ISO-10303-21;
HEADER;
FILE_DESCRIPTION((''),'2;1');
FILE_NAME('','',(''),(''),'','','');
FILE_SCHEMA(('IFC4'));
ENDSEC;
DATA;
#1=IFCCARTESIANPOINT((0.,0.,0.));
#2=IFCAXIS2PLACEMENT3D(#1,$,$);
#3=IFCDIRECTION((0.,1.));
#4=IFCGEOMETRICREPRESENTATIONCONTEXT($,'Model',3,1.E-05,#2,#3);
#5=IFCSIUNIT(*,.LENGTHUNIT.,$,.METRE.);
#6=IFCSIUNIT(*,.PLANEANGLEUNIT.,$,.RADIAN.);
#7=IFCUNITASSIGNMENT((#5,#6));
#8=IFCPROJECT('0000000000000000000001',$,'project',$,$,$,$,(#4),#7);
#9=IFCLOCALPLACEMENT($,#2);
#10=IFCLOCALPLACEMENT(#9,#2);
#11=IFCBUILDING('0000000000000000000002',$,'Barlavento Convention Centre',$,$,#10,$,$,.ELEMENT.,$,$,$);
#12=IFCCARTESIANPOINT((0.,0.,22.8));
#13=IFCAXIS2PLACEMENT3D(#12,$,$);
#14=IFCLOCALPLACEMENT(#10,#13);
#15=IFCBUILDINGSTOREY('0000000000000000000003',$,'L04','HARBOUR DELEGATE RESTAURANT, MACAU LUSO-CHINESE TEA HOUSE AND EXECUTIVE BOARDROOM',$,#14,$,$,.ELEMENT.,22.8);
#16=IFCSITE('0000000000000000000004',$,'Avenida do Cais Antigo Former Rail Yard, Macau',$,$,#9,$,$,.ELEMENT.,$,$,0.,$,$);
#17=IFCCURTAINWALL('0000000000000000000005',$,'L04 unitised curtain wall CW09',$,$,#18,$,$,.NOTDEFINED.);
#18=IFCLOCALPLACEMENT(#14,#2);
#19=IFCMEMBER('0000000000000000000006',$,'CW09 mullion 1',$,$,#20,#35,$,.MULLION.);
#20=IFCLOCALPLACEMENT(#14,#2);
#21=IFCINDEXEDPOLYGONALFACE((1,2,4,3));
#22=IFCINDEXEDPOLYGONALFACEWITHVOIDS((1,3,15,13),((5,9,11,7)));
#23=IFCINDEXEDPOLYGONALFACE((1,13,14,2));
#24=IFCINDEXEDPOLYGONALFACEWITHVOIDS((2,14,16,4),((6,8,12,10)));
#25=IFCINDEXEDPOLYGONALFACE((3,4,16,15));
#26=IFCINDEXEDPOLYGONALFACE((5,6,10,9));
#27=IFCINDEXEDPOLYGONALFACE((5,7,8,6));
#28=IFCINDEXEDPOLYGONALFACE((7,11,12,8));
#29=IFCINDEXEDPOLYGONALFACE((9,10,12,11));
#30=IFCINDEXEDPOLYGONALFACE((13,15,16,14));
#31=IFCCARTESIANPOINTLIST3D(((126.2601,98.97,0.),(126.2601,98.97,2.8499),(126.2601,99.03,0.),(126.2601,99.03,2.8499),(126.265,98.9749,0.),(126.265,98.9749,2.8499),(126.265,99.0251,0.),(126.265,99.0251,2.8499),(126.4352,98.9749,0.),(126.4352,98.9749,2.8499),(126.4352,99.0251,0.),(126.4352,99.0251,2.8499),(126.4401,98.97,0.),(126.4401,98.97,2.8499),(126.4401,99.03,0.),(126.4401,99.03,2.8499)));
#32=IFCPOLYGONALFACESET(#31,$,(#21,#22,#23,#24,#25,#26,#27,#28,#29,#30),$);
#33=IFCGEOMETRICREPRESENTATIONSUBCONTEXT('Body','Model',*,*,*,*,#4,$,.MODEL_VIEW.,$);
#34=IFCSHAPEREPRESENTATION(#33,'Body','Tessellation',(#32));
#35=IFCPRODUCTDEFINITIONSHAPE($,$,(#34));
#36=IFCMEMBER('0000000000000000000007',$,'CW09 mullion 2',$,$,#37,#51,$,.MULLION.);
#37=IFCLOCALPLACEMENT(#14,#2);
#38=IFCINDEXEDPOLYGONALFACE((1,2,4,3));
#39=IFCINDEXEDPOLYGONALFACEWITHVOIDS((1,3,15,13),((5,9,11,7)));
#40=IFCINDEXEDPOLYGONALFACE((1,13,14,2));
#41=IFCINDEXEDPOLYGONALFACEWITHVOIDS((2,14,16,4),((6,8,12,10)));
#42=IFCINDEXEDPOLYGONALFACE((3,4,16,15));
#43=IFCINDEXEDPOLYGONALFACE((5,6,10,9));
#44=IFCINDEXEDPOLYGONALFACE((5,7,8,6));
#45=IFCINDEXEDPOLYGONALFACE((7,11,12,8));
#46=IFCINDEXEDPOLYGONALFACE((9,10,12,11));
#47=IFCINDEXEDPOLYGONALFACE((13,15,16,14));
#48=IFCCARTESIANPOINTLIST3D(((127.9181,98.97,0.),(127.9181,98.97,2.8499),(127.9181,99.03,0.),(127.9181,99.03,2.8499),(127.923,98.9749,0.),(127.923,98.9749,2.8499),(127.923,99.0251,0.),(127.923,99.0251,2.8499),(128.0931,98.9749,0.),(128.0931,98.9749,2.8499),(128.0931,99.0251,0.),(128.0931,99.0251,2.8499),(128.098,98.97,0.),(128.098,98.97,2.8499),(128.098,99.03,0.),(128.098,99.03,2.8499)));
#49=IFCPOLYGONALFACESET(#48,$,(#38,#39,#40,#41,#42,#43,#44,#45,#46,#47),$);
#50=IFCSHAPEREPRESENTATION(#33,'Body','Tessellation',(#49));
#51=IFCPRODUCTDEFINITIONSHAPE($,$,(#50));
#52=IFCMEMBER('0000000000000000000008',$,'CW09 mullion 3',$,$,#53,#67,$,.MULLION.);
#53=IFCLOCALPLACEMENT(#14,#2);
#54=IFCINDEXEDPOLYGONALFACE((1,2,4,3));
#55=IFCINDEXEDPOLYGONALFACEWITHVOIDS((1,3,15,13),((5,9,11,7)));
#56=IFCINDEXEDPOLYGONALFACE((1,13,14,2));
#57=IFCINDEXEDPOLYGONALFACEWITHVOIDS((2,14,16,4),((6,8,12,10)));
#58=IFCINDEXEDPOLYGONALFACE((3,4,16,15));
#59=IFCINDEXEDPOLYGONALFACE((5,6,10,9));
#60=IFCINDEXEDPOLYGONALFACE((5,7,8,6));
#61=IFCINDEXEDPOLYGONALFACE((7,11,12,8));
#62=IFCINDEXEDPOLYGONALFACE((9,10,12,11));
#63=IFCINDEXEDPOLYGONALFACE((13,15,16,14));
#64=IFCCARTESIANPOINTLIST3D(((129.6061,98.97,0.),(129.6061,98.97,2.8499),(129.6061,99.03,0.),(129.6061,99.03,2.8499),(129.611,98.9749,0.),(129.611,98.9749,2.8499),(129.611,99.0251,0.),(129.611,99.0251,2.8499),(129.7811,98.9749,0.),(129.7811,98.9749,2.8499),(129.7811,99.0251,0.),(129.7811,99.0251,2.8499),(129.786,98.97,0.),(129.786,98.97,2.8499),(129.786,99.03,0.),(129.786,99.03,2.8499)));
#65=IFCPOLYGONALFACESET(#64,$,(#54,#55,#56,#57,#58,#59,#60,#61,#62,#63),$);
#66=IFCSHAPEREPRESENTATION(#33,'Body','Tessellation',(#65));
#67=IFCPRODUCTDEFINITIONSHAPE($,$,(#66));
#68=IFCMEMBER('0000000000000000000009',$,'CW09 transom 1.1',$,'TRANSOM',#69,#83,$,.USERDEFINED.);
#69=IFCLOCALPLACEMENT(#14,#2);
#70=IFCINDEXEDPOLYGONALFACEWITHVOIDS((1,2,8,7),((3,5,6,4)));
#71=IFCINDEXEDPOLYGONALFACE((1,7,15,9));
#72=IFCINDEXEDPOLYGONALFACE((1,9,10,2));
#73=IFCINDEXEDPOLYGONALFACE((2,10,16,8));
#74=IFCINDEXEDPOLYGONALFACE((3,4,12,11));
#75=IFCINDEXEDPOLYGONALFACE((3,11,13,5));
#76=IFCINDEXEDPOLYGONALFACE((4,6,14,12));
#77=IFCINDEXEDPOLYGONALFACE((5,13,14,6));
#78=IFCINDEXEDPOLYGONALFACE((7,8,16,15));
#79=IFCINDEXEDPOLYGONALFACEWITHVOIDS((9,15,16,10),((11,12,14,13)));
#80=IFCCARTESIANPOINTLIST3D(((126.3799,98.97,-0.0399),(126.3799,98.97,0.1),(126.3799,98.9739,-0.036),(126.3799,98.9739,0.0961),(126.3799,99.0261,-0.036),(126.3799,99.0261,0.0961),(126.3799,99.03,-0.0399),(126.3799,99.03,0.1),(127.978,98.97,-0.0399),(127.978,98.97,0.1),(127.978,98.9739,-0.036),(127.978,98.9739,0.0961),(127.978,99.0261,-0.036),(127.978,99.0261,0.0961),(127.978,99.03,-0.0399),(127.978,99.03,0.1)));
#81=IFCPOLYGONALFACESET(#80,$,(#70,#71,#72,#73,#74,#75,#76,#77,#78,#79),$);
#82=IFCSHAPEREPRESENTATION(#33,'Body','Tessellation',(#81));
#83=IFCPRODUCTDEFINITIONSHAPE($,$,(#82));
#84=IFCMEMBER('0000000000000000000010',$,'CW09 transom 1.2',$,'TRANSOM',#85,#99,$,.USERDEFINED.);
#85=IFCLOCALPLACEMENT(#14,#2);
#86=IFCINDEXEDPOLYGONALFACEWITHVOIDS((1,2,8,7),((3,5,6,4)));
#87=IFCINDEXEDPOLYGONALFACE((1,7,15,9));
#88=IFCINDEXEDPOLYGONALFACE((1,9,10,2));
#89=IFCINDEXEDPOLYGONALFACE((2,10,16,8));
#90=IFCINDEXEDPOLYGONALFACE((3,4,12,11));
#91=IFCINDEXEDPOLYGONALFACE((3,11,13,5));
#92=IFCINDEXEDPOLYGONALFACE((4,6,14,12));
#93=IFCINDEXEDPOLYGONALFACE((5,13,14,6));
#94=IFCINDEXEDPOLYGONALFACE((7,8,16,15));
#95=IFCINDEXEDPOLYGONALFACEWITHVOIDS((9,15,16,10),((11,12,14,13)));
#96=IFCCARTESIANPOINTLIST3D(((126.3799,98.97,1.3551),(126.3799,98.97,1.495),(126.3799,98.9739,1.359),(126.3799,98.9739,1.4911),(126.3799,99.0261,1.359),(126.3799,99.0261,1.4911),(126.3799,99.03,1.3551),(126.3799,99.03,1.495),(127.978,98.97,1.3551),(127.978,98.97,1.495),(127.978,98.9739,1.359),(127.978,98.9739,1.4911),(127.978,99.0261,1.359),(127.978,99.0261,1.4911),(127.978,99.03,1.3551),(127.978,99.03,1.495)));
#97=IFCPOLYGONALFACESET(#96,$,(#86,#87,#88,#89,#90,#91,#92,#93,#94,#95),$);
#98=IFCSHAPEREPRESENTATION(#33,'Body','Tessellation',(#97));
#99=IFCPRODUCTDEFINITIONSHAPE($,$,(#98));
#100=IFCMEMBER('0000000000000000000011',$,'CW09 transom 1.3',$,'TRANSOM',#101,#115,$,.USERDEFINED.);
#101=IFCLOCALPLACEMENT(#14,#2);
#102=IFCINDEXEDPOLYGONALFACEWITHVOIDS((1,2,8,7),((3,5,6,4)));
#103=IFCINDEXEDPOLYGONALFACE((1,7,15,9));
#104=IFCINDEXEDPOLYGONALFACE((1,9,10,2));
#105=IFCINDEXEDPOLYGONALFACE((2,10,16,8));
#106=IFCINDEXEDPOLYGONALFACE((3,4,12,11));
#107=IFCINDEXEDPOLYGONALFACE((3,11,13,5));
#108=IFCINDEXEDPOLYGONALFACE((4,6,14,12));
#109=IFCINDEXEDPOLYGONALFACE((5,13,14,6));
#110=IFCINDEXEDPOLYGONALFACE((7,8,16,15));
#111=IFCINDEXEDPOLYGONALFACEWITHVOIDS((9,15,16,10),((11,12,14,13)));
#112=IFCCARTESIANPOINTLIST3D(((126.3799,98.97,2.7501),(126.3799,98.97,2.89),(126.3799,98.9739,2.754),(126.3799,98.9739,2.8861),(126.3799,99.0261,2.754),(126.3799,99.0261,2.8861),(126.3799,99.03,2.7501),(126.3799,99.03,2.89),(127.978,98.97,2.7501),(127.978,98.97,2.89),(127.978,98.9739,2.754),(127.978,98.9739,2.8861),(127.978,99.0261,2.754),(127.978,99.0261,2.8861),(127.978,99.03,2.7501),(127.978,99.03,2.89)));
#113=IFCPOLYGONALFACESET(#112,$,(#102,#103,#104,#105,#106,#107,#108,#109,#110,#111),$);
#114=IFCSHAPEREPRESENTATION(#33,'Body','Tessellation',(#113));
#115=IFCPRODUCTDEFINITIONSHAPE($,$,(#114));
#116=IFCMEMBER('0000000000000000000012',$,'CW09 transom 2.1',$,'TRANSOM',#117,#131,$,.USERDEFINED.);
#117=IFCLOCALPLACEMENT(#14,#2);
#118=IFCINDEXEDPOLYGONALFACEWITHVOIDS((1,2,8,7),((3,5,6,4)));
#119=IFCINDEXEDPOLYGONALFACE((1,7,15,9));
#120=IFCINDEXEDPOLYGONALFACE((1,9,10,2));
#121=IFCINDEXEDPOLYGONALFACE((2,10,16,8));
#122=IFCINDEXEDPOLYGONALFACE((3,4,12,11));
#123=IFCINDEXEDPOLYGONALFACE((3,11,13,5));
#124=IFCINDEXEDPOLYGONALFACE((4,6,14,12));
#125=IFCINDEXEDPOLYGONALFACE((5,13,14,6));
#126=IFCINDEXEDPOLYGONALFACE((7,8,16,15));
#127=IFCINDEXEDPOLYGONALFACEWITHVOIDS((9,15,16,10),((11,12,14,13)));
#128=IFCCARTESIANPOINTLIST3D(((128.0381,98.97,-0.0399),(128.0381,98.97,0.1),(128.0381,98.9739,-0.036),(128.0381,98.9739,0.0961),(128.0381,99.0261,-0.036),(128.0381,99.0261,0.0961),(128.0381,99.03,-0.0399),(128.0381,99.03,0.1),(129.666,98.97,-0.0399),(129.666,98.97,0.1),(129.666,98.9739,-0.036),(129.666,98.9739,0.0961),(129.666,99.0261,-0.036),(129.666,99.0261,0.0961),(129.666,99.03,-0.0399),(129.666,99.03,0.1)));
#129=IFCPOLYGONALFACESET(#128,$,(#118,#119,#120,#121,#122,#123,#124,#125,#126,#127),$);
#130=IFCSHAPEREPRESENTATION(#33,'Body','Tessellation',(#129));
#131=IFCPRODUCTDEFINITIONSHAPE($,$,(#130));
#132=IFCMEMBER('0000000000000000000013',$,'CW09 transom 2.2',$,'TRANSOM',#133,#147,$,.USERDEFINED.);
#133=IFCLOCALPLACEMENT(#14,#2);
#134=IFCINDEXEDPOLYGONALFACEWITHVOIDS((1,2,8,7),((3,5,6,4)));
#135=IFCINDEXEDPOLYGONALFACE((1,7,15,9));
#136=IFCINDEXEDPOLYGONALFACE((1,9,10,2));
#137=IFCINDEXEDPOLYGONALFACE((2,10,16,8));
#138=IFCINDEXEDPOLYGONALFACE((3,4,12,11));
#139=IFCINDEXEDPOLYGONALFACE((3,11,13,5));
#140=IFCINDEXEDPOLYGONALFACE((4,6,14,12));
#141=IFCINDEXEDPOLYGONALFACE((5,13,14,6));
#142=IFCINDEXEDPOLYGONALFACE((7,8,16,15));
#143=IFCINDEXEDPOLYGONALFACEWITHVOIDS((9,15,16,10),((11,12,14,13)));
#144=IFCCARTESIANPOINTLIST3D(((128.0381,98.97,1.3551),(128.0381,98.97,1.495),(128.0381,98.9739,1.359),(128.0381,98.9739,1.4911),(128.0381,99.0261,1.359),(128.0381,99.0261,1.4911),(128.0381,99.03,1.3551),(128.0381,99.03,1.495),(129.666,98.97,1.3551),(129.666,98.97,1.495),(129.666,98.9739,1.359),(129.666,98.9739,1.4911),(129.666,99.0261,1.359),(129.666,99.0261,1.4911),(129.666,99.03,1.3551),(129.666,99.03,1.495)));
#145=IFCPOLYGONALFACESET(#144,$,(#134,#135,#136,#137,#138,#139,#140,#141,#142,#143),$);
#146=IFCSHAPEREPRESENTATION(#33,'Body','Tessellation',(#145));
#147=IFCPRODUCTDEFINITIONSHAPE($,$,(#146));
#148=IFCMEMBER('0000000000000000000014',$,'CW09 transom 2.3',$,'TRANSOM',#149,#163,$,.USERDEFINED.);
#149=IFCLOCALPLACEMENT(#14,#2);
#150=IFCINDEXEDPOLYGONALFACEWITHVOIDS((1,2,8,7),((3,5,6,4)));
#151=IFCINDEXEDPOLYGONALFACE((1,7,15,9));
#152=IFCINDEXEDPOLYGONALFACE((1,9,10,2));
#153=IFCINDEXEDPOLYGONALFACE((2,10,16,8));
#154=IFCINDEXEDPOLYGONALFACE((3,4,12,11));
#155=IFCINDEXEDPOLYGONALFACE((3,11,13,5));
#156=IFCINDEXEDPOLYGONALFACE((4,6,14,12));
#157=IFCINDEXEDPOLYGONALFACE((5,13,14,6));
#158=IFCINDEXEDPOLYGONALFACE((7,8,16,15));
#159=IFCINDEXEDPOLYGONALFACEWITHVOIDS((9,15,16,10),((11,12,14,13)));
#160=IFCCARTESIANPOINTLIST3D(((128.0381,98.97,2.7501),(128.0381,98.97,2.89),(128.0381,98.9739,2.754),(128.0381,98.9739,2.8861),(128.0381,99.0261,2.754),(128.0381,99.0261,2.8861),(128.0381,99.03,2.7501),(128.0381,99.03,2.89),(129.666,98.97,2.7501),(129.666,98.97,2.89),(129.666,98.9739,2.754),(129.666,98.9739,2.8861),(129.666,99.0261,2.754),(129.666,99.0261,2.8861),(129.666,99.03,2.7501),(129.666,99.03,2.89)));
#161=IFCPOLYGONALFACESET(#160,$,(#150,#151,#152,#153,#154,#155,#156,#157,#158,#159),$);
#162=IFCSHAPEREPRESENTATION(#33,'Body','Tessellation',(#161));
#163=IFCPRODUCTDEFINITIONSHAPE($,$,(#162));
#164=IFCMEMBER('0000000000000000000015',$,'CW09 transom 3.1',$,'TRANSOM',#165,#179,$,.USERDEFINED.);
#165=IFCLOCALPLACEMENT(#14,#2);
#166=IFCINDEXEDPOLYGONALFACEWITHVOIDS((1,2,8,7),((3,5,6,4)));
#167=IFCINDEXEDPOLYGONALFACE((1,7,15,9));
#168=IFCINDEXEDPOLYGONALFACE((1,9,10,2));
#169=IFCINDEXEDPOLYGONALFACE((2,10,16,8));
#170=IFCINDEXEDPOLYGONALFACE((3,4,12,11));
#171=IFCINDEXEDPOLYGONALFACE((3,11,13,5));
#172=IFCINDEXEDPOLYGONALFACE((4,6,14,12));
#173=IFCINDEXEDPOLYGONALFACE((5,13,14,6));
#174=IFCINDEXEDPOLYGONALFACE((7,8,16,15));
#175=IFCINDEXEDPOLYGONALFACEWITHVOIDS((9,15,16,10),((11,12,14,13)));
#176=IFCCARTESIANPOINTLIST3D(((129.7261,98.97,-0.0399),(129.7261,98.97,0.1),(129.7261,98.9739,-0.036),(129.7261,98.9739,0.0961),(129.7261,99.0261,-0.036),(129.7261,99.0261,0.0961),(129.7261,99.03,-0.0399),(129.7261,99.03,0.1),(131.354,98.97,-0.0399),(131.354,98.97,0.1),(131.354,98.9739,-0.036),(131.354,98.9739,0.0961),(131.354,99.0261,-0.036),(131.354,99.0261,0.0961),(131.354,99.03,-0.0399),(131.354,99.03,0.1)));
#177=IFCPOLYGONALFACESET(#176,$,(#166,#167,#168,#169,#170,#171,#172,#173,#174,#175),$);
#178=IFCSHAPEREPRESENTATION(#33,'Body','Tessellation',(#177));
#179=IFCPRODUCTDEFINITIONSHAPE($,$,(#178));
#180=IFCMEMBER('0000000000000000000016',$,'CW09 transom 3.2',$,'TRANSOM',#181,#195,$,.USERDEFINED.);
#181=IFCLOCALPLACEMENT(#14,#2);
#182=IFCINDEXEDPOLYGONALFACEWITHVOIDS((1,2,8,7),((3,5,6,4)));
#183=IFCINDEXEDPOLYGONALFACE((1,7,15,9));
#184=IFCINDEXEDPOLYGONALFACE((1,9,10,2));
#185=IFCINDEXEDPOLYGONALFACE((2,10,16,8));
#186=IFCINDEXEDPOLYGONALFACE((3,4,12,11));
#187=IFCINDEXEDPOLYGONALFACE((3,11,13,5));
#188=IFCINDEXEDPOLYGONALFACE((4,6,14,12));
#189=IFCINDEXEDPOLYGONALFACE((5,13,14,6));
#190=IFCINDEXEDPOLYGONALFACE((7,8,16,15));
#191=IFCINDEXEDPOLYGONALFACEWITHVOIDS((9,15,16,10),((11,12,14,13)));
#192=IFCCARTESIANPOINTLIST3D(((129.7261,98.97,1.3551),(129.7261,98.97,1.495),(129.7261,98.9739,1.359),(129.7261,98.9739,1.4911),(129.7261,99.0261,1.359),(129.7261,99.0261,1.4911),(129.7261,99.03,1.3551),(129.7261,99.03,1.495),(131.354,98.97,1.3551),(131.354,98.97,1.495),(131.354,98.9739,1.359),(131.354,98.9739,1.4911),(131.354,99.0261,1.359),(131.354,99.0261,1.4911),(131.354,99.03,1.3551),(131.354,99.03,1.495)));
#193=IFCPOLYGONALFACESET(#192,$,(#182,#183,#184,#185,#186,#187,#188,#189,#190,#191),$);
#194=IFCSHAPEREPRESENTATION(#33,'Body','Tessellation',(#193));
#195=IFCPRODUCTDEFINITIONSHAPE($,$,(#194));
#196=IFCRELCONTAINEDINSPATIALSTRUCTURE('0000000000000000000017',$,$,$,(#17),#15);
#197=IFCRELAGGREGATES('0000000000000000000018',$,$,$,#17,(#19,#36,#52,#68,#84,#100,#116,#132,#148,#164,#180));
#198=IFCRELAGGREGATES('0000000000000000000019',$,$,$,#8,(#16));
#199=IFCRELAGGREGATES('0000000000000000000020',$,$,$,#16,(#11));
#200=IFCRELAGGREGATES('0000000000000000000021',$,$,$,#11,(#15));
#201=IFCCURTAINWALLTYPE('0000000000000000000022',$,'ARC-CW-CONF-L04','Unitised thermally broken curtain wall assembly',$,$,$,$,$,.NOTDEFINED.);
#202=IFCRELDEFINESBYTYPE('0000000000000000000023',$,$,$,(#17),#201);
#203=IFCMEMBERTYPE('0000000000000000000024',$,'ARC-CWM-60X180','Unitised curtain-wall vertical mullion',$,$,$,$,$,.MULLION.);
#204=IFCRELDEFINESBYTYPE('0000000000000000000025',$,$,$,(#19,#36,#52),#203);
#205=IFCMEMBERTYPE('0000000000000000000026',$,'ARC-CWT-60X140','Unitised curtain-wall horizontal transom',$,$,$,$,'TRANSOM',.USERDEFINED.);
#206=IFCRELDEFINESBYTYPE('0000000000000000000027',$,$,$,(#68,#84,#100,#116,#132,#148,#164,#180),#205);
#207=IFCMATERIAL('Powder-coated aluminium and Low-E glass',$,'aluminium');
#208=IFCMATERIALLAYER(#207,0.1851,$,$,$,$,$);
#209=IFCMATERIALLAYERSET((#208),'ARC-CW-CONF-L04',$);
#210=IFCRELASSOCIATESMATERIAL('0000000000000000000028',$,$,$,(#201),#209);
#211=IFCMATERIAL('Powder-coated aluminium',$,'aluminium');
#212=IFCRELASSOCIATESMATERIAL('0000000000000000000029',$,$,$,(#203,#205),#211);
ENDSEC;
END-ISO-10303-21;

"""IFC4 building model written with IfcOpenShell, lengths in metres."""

from ifc_helpers import new_model, si_unit, direction, frame, origin, origin_2d, place, context, subcontext, project, spatial, hollow_rectangle, extrude, material, layer, layer_set, material_profile, profile_set, type_object, element, aggregate, save


model = new_model("IFC4")

# Units and contexts
model_context = context("Model", 3, precision=1e-05, world=origin(), true_north=direction((0.0, 1.0)))
body_context = subcontext(model_context, "Body", "Model", "MODEL_VIEW")
ifc_project = project(units=[si_unit("LENGTHUNIT", "METRE"), si_unit("PLANEANGLEUNIT", "RADIAN")], contexts=[model_context])

# Site, building, storey
site_placement = place(None, origin())
site = spatial("IfcSite", under=ifc_project, at=site_placement, Name="Avenida do Cais Antigo Former Rail Yard, Macau", CompositionType="ELEMENT", RefElevation=0.0)
building_placement = place(site_placement, origin())
building = spatial("IfcBuilding", under=site, at=building_placement, Name="Barlavento Convention Centre", CompositionType="ELEMENT")
storey_placement = place(building_placement, frame((0.0, 0.0, 22.8)))
storey = spatial("IfcBuildingStorey", under=building, at=storey_placement, Name="L04", Description="HARBOUR DELEGATE RESTAURANT, MACAU LUSO-CHINESE TEA HOUSE AND EXECUTIVE BOARDROOM", CompositionType="ELEMENT", Elevation=22.8)

# Curtain wall, members
ifc_material_1 = material(Name="Powder-coated aluminium and Low-E glass", Category="aluminium")
ifc_layer_1 = layer(ifc_material_1, 0.1851)
ifc_layer_set_1 = layer_set([ifc_layer_1], Name="ARC-CW-CONF-L04")
curtain_wall_type = type_object("IfcCurtainWallType", Name="ARC-CW-CONF-L04", Description="Unitised thermally broken curtain wall assembly", PredefinedType="NOTDEFINED", material=ifc_layer_set_1)
curtain_wall_placement = place(storey_placement, origin())
curtain_wall = element("IfcCurtainWall", 1, at=curtain_wall_placement, inside=storey, type_object=curtain_wall_type, Name="L04 unitised curtain wall CW09", PredefinedType="NOTDEFINED")
ifc_material_2 = material(Name="Powder-coated aluminium", Category="aluminium")
ifc_material_profile_1 = material_profile(ifc_material_2, hollow_rectangle(XDim=0.0601, YDim=0.1799, WallThickness=0.0049, at=origin_2d()), Name="AL-MULL 60x180x5")
ifc_profile_set_1 = profile_set([ifc_material_profile_1], Name="Powder-coated aluminium")
member_type_1 = type_object("IfcMemberType", Name="ARC-CWM-60X180", Description="Unitised curtain-wall vertical mullion", PredefinedType="MULLION", material=ifc_profile_set_1)
member_1_placement = place(storey_placement, frame((126.3501, 99.0, 0.0), z_axis=(0.0, 0.0, 1.0), x_axis=(0.0, 1.0, 0.0)))
member_1 = element("IfcMember", 2, at=member_1_placement, type_object=member_type_1, Name="CW09 mullion 1", PredefinedType="MULLION", context=body_context, shape_type="SweptSolid", body=[
    extrude(hollow_rectangle(XDim=0.0601, YDim=0.1799, WallThickness=0.0049, at=origin_2d()), origin(), (0.0, 0.0, 1.0), 2.8499),
])
member_2_placement = place(storey_placement, frame((128.0081, 99.0, 0.0), z_axis=(0.0, 0.0, 1.0), x_axis=(0.0, 1.0, 0.0)))
member_2 = element("IfcMember", 3, at=member_2_placement, type_object=member_type_1, Name="CW09 mullion 2", PredefinedType="MULLION", context=body_context, shape_type="SweptSolid", body=[
    extrude(hollow_rectangle(XDim=0.0601, YDim=0.1799, WallThickness=0.0049, at=origin_2d()), origin(), (0.0, 0.0, 1.0), 2.8499),
])
member_3_placement = place(storey_placement, frame((129.696, 99.0, 0.0), z_axis=(0.0, 0.0, 1.0), x_axis=(0.0, 1.0, 0.0)))
member_3 = element("IfcMember", 4, at=member_3_placement, type_object=member_type_1, Name="CW09 mullion 3", PredefinedType="MULLION", context=body_context, shape_type="SweptSolid", body=[
    extrude(hollow_rectangle(XDim=0.0601, YDim=0.1799, WallThickness=0.0049, at=origin_2d()), origin(), (0.0, 0.0, 1.0), 2.8499),
])
ifc_material_profile_2 = material_profile(ifc_material_2, hollow_rectangle(XDim=0.0601, YDim=0.1399, WallThickness=0.0039, at=origin_2d()), Name="AL-TRAN 60x140x4")
ifc_profile_set_2 = profile_set([ifc_material_profile_2], Name="Powder-coated aluminium")
member_type_2 = type_object("IfcMemberType", Name="ARC-CWT-60X140", Description="Unitised curtain-wall horizontal transom", ElementType="TRANSOM", PredefinedType="USERDEFINED", material=ifc_profile_set_2)
member_4_placement = place(storey_placement, frame((126.3799, 99.0, 0.03), z_axis=(1.0, 0.0, 0.0), x_axis=(0.0, 1.0, 0.0)))
member_4 = element("IfcMember", 5, at=member_4_placement, type_object=member_type_2, Name="CW09 transom 1.1", ObjectType="TRANSOM", PredefinedType="USERDEFINED", context=body_context, shape_type="SweptSolid", body=[
    extrude(hollow_rectangle(XDim=0.0601, YDim=0.1399, WallThickness=0.0039, at=origin_2d()), origin(), (0.0, 0.0, 1.0), 1.5981),
])
member_5_placement = place(storey_placement, frame((126.3799, 99.0, 1.425), z_axis=(1.0, 0.0, 0.0), x_axis=(0.0, 1.0, 0.0)))
member_5 = element("IfcMember", 6, at=member_5_placement, type_object=member_type_2, Name="CW09 transom 1.2", ObjectType="TRANSOM", PredefinedType="USERDEFINED", context=body_context, shape_type="SweptSolid", body=[
    extrude(hollow_rectangle(XDim=0.0601, YDim=0.1399, WallThickness=0.0039, at=origin_2d()), origin(), (0.0, 0.0, 1.0), 1.5981),
])
member_6_placement = place(storey_placement, frame((126.3799, 99.0, 2.8201), z_axis=(1.0, 0.0, 0.0), x_axis=(0.0, 1.0, 0.0)))
member_6 = element("IfcMember", 7, at=member_6_placement, type_object=member_type_2, Name="CW09 transom 1.3", ObjectType="TRANSOM", PredefinedType="USERDEFINED", context=body_context, shape_type="SweptSolid", body=[
    extrude(hollow_rectangle(XDim=0.0601, YDim=0.1399, WallThickness=0.0039, at=origin_2d()), origin(), (0.0, 0.0, 1.0), 1.5981),
])
member_7_placement = place(storey_placement, frame((128.0381, 99.0, 0.03), z_axis=(1.0, 0.0, 0.0), x_axis=(0.0, 1.0, 0.0)))
member_7 = element("IfcMember", 8, at=member_7_placement, type_object=member_type_2, Name="CW09 transom 2.1", ObjectType="TRANSOM", PredefinedType="USERDEFINED", context=body_context, shape_type="SweptSolid", body=[
    extrude(hollow_rectangle(XDim=0.0601, YDim=0.1399, WallThickness=0.0039, at=origin_2d()), origin(), (0.0, 0.0, 1.0), 1.6279),
])
member_8_placement = place(storey_placement, frame((128.0381, 99.0, 1.425), z_axis=(1.0, 0.0, 0.0), x_axis=(0.0, 1.0, 0.0)))
member_8 = element("IfcMember", 9, at=member_8_placement, type_object=member_type_2, Name="CW09 transom 2.2", ObjectType="TRANSOM", PredefinedType="USERDEFINED", context=body_context, shape_type="SweptSolid", body=[
    extrude(hollow_rectangle(XDim=0.0601, YDim=0.1399, WallThickness=0.0039, at=origin_2d()), origin(), (0.0, 0.0, 1.0), 1.6279),
])
member_9_placement = place(storey_placement, frame((128.0381, 99.0, 2.8201), z_axis=(1.0, 0.0, 0.0), x_axis=(0.0, 1.0, 0.0)))
member_9 = element("IfcMember", 10, at=member_9_placement, type_object=member_type_2, Name="CW09 transom 2.3", ObjectType="TRANSOM", PredefinedType="USERDEFINED", context=body_context, shape_type="SweptSolid", body=[
    extrude(hollow_rectangle(XDim=0.0601, YDim=0.1399, WallThickness=0.0039, at=origin_2d()), origin(), (0.0, 0.0, 1.0), 1.6279),
])
member_10_placement = place(storey_placement, frame((129.7261, 99.0, 0.03), z_axis=(1.0, 0.0, 0.0), x_axis=(0.0, 1.0, 0.0)))
member_10 = element("IfcMember", 11, at=member_10_placement, type_object=member_type_2, Name="CW09 transom 3.1", ObjectType="TRANSOM", PredefinedType="USERDEFINED", context=body_context, shape_type="SweptSolid", body=[
    extrude(hollow_rectangle(XDim=0.0601, YDim=0.1399, WallThickness=0.0039, at=origin_2d()), origin(), (0.0, 0.0, 1.0), 1.6279),
])
member_11_placement = place(storey_placement, frame((129.7261, 99.0, 1.425), z_axis=(1.0, 0.0, 0.0), x_axis=(0.0, 1.0, 0.0)))
member_11 = element("IfcMember", 12, at=member_11_placement, type_object=member_type_2, Name="CW09 transom 3.2", ObjectType="TRANSOM", PredefinedType="USERDEFINED", context=body_context, shape_type="SweptSolid", body=[
    extrude(hollow_rectangle(XDim=0.0601, YDim=0.1399, WallThickness=0.0039, at=origin_2d()), origin(), (0.0, 0.0, 1.0), 1.6279),
])

aggregate(curtain_wall, [member_1, member_2, member_3, member_4, member_5, member_6, member_7, member_8, member_9, member_10, member_11])

save(model, "model.ifc")
